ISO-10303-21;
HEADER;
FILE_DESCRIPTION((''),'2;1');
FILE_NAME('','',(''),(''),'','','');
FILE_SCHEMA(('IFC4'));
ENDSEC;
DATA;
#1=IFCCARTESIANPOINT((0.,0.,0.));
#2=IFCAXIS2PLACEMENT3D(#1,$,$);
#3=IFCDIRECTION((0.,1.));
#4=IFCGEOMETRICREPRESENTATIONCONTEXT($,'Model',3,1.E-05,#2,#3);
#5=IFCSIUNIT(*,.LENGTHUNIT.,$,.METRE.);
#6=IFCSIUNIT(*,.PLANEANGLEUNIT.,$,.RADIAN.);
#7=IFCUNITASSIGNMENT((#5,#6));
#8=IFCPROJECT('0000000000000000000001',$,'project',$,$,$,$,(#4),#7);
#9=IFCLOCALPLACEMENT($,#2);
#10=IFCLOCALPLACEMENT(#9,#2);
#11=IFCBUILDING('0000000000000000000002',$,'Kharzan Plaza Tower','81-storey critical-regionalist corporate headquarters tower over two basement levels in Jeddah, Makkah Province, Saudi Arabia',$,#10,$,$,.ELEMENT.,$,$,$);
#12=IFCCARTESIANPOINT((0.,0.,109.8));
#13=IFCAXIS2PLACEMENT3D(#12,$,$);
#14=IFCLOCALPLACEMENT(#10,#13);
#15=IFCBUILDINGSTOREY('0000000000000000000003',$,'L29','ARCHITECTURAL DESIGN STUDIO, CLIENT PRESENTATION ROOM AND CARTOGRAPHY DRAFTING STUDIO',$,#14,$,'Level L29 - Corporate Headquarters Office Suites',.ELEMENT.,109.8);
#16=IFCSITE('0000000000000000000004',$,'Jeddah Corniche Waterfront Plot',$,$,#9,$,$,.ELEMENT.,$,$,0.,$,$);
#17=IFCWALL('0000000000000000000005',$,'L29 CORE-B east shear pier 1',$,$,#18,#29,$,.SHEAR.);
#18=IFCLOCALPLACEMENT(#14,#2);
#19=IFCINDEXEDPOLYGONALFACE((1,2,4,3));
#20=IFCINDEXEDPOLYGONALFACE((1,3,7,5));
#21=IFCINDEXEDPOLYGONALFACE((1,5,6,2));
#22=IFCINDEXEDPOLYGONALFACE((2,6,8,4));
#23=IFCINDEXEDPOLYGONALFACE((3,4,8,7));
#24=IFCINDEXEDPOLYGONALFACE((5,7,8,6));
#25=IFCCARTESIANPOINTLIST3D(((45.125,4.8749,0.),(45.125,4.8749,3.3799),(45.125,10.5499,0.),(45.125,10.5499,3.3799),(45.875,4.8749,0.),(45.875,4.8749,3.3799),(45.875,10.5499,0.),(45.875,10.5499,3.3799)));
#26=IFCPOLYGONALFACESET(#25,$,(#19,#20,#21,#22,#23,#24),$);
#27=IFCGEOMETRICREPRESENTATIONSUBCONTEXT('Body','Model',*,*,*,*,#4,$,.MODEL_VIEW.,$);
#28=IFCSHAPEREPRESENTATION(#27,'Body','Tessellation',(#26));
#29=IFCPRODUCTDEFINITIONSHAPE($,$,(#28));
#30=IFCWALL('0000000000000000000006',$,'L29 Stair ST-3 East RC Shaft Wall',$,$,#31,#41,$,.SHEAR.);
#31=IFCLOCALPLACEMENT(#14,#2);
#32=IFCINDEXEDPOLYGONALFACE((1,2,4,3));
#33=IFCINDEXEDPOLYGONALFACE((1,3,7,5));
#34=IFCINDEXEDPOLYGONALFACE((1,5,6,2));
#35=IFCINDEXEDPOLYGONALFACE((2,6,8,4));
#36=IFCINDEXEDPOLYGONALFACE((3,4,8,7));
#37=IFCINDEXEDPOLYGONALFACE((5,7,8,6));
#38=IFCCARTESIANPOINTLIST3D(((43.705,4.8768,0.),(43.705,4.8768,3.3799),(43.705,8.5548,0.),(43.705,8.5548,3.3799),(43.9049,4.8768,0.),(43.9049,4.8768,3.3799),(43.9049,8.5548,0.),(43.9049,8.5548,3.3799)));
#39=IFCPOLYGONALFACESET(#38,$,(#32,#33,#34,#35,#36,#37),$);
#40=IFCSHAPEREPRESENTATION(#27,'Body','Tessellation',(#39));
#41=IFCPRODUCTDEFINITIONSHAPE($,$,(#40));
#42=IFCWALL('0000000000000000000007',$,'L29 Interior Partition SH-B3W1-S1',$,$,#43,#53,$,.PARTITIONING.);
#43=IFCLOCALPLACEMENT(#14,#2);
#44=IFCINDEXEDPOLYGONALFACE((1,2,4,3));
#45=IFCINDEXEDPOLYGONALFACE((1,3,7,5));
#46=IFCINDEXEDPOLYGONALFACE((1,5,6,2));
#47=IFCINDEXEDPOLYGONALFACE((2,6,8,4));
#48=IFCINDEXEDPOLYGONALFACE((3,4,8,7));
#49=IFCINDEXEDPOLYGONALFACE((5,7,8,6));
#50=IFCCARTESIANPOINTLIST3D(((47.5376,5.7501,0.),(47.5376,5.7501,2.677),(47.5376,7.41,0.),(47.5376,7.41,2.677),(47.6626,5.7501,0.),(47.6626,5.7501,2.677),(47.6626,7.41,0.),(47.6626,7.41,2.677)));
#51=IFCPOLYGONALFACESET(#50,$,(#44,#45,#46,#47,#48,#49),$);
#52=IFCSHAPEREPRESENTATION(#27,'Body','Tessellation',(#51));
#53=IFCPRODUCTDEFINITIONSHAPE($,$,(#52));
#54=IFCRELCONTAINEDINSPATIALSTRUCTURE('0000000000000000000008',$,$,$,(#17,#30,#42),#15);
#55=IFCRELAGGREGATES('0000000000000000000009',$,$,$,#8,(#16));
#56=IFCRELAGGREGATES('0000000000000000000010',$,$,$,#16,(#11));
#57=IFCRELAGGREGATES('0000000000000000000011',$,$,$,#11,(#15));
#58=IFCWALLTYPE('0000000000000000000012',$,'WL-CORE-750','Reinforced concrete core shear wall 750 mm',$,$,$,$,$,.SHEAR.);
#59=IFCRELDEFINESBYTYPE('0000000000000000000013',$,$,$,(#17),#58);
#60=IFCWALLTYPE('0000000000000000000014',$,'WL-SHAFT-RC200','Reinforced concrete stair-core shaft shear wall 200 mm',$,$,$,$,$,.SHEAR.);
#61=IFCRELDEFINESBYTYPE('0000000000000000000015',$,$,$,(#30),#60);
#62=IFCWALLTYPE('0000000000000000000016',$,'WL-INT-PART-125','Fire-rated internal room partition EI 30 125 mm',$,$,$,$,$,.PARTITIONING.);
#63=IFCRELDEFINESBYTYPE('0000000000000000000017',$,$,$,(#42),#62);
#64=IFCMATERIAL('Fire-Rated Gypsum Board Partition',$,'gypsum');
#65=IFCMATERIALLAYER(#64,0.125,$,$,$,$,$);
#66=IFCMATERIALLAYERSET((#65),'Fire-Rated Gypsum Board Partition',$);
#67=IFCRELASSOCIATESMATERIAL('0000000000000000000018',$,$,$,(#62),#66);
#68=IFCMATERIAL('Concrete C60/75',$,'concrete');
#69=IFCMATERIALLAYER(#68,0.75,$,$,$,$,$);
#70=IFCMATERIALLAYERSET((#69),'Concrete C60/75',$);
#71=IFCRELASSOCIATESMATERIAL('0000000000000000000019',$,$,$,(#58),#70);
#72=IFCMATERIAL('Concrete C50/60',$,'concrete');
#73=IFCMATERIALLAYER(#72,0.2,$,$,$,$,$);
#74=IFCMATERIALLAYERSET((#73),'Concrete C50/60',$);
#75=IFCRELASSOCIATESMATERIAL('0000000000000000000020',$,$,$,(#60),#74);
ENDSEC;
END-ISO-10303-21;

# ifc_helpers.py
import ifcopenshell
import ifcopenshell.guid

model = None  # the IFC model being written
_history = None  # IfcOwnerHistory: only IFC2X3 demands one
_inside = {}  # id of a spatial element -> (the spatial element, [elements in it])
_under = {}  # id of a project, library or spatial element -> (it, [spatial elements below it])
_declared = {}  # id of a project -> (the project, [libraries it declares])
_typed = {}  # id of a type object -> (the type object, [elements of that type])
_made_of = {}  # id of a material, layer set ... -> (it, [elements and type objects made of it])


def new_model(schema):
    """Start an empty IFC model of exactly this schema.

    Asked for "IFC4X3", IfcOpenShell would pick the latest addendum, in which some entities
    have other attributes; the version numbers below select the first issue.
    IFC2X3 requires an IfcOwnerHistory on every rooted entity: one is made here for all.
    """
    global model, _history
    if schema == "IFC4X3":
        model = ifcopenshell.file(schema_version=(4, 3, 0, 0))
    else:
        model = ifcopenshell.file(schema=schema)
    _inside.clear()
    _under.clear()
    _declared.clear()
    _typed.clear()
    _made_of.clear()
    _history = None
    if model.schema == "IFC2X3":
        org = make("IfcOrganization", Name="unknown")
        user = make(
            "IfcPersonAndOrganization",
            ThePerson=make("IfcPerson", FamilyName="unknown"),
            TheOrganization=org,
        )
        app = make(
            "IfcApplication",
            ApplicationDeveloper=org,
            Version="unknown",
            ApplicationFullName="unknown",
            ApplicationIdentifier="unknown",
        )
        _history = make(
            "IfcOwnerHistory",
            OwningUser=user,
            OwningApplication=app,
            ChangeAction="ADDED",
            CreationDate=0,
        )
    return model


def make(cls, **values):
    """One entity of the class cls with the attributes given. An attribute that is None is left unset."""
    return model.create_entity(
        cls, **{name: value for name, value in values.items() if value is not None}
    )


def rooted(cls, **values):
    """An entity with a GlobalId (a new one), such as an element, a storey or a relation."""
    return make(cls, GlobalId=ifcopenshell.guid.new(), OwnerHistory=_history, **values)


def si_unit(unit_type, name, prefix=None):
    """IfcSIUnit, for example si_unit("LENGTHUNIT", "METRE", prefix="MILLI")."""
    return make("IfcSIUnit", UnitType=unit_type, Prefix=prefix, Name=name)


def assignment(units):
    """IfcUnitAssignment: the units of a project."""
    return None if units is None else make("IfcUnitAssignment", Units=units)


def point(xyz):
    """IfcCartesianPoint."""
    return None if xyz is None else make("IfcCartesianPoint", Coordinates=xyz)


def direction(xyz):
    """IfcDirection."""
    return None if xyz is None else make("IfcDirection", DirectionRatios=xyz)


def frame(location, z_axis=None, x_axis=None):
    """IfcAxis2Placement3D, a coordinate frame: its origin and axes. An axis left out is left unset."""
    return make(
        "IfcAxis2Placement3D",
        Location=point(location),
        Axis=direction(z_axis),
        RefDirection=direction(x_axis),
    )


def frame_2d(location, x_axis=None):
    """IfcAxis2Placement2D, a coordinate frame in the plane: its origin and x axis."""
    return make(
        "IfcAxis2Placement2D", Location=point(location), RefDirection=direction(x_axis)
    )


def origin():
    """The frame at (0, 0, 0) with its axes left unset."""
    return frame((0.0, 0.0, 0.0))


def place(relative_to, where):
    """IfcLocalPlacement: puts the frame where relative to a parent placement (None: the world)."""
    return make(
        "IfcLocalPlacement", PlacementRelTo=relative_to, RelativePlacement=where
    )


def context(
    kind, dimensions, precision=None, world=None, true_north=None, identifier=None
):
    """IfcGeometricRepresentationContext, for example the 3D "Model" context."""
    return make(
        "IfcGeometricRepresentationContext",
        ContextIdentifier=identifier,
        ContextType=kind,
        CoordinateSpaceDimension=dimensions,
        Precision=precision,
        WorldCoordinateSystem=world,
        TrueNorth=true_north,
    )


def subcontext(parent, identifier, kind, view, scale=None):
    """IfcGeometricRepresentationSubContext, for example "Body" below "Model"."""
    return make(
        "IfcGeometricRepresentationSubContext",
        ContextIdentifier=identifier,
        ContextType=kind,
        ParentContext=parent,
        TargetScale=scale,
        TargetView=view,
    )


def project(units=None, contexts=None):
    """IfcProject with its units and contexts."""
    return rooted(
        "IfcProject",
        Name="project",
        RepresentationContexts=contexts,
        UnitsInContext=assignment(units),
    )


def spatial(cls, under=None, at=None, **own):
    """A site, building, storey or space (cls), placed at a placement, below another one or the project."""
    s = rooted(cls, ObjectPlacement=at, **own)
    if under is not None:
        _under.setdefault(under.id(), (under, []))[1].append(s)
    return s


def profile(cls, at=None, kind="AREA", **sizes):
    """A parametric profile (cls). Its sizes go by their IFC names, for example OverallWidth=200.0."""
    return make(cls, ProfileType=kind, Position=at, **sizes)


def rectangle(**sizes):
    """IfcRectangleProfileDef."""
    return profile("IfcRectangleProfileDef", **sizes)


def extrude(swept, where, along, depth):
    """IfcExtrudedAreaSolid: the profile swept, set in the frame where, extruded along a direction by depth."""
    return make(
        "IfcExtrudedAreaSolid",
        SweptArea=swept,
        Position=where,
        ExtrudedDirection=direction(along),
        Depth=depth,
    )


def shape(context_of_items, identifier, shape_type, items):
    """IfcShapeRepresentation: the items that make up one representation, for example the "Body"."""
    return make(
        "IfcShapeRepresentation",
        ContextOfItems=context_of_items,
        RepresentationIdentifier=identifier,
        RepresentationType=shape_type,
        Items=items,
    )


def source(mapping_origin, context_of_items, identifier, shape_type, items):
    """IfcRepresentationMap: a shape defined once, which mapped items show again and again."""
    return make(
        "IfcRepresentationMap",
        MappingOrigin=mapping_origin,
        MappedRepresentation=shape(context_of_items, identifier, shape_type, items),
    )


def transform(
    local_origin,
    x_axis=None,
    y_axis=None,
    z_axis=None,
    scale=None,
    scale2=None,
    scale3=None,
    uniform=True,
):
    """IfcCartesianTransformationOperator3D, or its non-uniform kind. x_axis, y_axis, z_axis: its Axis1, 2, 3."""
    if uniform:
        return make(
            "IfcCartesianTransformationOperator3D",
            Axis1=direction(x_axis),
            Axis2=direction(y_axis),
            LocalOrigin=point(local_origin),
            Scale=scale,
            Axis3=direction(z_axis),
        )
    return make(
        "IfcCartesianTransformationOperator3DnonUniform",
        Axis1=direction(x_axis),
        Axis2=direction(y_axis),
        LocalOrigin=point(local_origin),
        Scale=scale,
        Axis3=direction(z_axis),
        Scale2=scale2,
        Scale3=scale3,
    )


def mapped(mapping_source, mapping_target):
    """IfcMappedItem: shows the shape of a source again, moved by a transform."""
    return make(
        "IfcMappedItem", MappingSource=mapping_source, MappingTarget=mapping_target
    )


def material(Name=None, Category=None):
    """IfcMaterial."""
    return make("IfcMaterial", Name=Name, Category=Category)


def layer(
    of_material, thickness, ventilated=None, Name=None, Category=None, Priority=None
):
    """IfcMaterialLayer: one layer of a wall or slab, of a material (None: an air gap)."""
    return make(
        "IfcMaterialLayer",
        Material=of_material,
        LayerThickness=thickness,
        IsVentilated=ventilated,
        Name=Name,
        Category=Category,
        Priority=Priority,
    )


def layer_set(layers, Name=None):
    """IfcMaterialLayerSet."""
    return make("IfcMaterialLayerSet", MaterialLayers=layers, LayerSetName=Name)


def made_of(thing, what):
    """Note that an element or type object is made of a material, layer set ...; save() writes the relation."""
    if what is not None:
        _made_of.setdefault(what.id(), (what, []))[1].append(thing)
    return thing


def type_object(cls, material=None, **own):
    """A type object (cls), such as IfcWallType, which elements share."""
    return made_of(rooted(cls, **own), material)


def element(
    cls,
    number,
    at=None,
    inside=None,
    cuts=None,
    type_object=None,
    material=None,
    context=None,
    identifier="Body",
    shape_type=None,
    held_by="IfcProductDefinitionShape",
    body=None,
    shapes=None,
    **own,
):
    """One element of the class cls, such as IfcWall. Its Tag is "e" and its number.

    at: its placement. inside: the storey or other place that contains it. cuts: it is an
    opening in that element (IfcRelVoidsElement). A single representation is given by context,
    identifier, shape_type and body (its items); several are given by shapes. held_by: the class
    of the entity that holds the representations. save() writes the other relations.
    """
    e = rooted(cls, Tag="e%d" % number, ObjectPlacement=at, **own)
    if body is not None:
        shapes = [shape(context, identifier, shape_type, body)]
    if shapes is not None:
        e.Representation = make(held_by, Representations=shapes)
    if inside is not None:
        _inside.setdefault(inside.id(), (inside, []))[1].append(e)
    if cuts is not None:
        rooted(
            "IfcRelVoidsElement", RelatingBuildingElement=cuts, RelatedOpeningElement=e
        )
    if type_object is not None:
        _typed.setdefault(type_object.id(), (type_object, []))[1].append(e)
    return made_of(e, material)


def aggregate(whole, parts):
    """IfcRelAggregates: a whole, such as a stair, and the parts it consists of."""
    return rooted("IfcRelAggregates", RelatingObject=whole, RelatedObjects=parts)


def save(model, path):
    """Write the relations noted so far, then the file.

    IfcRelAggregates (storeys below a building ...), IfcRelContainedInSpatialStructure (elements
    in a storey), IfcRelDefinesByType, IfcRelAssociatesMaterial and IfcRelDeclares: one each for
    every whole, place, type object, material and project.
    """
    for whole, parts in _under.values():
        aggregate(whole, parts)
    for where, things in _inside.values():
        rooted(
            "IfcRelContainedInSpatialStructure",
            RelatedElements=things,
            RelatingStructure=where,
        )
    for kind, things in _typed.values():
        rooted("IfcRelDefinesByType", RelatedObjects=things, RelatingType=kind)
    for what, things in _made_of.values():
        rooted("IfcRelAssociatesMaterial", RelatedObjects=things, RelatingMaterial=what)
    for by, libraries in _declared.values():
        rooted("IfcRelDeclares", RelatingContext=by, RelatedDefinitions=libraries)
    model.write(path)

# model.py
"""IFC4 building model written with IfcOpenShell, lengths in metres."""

from ifc_helpers import new_model, si_unit, direction, frame, frame_2d, origin, place, context, subcontext, project, spatial, rectangle, extrude, source, transform, mapped, material, layer, layer_set, type_object, element, save


model = new_model("IFC4")

# Units and contexts
model_context = context("Model", 3, precision=1e-05, world=origin(), true_north=direction((0.0, 1.0)))
body_context = subcontext(model_context, "Body", "Model", "MODEL_VIEW")
ifc_project = project(units=[si_unit("LENGTHUNIT", "METRE"), si_unit("PLANEANGLEUNIT", "RADIAN")], contexts=[model_context])

# Site, building, storey
site_placement = place(None, origin())
site = spatial("IfcSite", under=ifc_project, at=site_placement, Name="Jeddah Corniche Waterfront Plot", CompositionType="ELEMENT", RefElevation=0.0)
building_placement = place(site_placement, origin())
building = spatial("IfcBuilding", under=site, at=building_placement, Name="Kharzan Plaza Tower", Description="81-storey critical-regionalist corporate headquarters tower over two basement levels in Jeddah, Makkah Province, Saudi Arabia", CompositionType="ELEMENT")
storey_placement = place(building_placement, frame((0.0, 0.0, 109.8)))
storey = spatial("IfcBuildingStorey", under=building, at=storey_placement, Name="L29", Description="ARCHITECTURAL DESIGN STUDIO, CLIENT PRESENTATION ROOM AND CARTOGRAPHY DRAFTING STUDIO", LongName="Level L29 - Corporate Headquarters Office Suites", CompositionType="ELEMENT", Elevation=109.8)

# Shared definitions
ifc_material_1 = material(Name="Concrete C50/60", Category="concrete")
ifc_material_2 = material(Name="Concrete C60/75", Category="concrete")

# Shared definitions
ifc_material_3 = material(Name="Fire-Rated Gypsum Board Partition", Category="gypsum")
ifc_layer_1 = layer(ifc_material_3, 0.125)
ifc_layer_set_1 = layer_set([ifc_layer_1], Name="Fire-Rated Gypsum Board Partition")
wall_type_1 = type_object("IfcWallType", Name="WL-INT-PART-125", Description="Fire-rated internal room partition EI 30 125 mm", PredefinedType="PARTITIONING", material=ifc_layer_set_1)

# Walls
ifc_layer_2 = layer(ifc_material_2, 0.75)
ifc_layer_set_2 = layer_set([ifc_layer_2], Name="Concrete C60/75")
wall_type_2 = type_object("IfcWallType", Name="WL-CORE-750", Description="Reinforced concrete core shear wall 750 mm", PredefinedType="SHEAR", material=ifc_layer_set_2)
shared_shape_1 = source(origin(), body_context, "Body", "SweptSolid", [
    extrude(rectangle(XDim=5.675, YDim=0.75, at=frame_2d((2.8374, 0.0))), origin(), (0.0, 0.0, 1.0), 3.3799),
])
wall_1_placement = place(storey_placement, frame((45.5, 4.875, 0.0), z_axis=(0.0, 0.0, 1.0), x_axis=(0.0, 1.0, 0.0)))
element("IfcWall", 1, at=wall_1_placement, inside=storey, type_object=wall_type_2, Name="L29 CORE-B east shear pier 1", PredefinedType="SHEAR", context=body_context, shape_type="MappedRepresentation", body=[
    mapped(shared_shape_1, transform((0.0, 0.0, 0.0), x_axis=(1.0, 0.0, 0.0), y_axis=(0.0, 1.0, 0.0), z_axis=(0.0, 0.0, 1.0))),
])
ifc_layer_3 = layer(ifc_material_1, 0.2)
ifc_layer_set_3 = layer_set([ifc_layer_3], Name="Concrete C50/60")
wall_type_3 = type_object("IfcWallType", Name="WL-SHAFT-RC200", Description="Reinforced concrete stair-core shaft shear wall 200 mm", PredefinedType="SHEAR", material=ifc_layer_set_3)
shared_shape_2 = source(origin(), body_context, "Body", "SweptSolid", [
    extrude(rectangle(XDim=3.678, YDim=0.2, at=frame_2d((1.8389, 0.0))), origin(), (0.0, 0.0, 1.0), 3.3799),
])
wall_2_placement = place(storey_placement, frame((43.8049, 4.877, 0.0), z_axis=(0.0, 0.0, 1.0), x_axis=(0.0, 1.0, 0.0)))
element("IfcWall", 2, at=wall_2_placement, inside=storey, type_object=wall_type_3, Name="L29 Stair ST-3 East RC Shaft Wall", PredefinedType="SHEAR", context=body_context, shape_type="MappedRepresentation", body=[
    mapped(shared_shape_2, transform((0.0, 0.0, 0.0), x_axis=(1.0, 0.0, 0.0), y_axis=(0.0, 1.0, 0.0), z_axis=(0.0, 0.0, 1.0))),
])
shared_shape_3 = source(origin(), body_context, "Body", "SweptSolid", [
    extrude(rectangle(XDim=1.6599, YDim=0.125, at=frame_2d((0.8301, 0.0))), origin(), (0.0, 0.0, 1.0), 2.677),
])
wall_3_placement = place(storey_placement, frame((47.6001, 5.75, 0.0), z_axis=(0.0, 0.0, 1.0), x_axis=(0.0, 1.0, 0.0)))
element("IfcWall", 3, at=wall_3_placement, inside=storey, type_object=wall_type_1, Name="L29 Interior Partition SH-B3W1-S1", PredefinedType="PARTITIONING", context=body_context, shape_type="MappedRepresentation", body=[
    mapped(shared_shape_3, transform((0.0, 0.0, 0.0), x_axis=(1.0, 0.0, 0.0), y_axis=(0.0, 1.0, 0.0), z_axis=(0.0, 0.0, 1.0))),
])

save(model, "model.ifc")
